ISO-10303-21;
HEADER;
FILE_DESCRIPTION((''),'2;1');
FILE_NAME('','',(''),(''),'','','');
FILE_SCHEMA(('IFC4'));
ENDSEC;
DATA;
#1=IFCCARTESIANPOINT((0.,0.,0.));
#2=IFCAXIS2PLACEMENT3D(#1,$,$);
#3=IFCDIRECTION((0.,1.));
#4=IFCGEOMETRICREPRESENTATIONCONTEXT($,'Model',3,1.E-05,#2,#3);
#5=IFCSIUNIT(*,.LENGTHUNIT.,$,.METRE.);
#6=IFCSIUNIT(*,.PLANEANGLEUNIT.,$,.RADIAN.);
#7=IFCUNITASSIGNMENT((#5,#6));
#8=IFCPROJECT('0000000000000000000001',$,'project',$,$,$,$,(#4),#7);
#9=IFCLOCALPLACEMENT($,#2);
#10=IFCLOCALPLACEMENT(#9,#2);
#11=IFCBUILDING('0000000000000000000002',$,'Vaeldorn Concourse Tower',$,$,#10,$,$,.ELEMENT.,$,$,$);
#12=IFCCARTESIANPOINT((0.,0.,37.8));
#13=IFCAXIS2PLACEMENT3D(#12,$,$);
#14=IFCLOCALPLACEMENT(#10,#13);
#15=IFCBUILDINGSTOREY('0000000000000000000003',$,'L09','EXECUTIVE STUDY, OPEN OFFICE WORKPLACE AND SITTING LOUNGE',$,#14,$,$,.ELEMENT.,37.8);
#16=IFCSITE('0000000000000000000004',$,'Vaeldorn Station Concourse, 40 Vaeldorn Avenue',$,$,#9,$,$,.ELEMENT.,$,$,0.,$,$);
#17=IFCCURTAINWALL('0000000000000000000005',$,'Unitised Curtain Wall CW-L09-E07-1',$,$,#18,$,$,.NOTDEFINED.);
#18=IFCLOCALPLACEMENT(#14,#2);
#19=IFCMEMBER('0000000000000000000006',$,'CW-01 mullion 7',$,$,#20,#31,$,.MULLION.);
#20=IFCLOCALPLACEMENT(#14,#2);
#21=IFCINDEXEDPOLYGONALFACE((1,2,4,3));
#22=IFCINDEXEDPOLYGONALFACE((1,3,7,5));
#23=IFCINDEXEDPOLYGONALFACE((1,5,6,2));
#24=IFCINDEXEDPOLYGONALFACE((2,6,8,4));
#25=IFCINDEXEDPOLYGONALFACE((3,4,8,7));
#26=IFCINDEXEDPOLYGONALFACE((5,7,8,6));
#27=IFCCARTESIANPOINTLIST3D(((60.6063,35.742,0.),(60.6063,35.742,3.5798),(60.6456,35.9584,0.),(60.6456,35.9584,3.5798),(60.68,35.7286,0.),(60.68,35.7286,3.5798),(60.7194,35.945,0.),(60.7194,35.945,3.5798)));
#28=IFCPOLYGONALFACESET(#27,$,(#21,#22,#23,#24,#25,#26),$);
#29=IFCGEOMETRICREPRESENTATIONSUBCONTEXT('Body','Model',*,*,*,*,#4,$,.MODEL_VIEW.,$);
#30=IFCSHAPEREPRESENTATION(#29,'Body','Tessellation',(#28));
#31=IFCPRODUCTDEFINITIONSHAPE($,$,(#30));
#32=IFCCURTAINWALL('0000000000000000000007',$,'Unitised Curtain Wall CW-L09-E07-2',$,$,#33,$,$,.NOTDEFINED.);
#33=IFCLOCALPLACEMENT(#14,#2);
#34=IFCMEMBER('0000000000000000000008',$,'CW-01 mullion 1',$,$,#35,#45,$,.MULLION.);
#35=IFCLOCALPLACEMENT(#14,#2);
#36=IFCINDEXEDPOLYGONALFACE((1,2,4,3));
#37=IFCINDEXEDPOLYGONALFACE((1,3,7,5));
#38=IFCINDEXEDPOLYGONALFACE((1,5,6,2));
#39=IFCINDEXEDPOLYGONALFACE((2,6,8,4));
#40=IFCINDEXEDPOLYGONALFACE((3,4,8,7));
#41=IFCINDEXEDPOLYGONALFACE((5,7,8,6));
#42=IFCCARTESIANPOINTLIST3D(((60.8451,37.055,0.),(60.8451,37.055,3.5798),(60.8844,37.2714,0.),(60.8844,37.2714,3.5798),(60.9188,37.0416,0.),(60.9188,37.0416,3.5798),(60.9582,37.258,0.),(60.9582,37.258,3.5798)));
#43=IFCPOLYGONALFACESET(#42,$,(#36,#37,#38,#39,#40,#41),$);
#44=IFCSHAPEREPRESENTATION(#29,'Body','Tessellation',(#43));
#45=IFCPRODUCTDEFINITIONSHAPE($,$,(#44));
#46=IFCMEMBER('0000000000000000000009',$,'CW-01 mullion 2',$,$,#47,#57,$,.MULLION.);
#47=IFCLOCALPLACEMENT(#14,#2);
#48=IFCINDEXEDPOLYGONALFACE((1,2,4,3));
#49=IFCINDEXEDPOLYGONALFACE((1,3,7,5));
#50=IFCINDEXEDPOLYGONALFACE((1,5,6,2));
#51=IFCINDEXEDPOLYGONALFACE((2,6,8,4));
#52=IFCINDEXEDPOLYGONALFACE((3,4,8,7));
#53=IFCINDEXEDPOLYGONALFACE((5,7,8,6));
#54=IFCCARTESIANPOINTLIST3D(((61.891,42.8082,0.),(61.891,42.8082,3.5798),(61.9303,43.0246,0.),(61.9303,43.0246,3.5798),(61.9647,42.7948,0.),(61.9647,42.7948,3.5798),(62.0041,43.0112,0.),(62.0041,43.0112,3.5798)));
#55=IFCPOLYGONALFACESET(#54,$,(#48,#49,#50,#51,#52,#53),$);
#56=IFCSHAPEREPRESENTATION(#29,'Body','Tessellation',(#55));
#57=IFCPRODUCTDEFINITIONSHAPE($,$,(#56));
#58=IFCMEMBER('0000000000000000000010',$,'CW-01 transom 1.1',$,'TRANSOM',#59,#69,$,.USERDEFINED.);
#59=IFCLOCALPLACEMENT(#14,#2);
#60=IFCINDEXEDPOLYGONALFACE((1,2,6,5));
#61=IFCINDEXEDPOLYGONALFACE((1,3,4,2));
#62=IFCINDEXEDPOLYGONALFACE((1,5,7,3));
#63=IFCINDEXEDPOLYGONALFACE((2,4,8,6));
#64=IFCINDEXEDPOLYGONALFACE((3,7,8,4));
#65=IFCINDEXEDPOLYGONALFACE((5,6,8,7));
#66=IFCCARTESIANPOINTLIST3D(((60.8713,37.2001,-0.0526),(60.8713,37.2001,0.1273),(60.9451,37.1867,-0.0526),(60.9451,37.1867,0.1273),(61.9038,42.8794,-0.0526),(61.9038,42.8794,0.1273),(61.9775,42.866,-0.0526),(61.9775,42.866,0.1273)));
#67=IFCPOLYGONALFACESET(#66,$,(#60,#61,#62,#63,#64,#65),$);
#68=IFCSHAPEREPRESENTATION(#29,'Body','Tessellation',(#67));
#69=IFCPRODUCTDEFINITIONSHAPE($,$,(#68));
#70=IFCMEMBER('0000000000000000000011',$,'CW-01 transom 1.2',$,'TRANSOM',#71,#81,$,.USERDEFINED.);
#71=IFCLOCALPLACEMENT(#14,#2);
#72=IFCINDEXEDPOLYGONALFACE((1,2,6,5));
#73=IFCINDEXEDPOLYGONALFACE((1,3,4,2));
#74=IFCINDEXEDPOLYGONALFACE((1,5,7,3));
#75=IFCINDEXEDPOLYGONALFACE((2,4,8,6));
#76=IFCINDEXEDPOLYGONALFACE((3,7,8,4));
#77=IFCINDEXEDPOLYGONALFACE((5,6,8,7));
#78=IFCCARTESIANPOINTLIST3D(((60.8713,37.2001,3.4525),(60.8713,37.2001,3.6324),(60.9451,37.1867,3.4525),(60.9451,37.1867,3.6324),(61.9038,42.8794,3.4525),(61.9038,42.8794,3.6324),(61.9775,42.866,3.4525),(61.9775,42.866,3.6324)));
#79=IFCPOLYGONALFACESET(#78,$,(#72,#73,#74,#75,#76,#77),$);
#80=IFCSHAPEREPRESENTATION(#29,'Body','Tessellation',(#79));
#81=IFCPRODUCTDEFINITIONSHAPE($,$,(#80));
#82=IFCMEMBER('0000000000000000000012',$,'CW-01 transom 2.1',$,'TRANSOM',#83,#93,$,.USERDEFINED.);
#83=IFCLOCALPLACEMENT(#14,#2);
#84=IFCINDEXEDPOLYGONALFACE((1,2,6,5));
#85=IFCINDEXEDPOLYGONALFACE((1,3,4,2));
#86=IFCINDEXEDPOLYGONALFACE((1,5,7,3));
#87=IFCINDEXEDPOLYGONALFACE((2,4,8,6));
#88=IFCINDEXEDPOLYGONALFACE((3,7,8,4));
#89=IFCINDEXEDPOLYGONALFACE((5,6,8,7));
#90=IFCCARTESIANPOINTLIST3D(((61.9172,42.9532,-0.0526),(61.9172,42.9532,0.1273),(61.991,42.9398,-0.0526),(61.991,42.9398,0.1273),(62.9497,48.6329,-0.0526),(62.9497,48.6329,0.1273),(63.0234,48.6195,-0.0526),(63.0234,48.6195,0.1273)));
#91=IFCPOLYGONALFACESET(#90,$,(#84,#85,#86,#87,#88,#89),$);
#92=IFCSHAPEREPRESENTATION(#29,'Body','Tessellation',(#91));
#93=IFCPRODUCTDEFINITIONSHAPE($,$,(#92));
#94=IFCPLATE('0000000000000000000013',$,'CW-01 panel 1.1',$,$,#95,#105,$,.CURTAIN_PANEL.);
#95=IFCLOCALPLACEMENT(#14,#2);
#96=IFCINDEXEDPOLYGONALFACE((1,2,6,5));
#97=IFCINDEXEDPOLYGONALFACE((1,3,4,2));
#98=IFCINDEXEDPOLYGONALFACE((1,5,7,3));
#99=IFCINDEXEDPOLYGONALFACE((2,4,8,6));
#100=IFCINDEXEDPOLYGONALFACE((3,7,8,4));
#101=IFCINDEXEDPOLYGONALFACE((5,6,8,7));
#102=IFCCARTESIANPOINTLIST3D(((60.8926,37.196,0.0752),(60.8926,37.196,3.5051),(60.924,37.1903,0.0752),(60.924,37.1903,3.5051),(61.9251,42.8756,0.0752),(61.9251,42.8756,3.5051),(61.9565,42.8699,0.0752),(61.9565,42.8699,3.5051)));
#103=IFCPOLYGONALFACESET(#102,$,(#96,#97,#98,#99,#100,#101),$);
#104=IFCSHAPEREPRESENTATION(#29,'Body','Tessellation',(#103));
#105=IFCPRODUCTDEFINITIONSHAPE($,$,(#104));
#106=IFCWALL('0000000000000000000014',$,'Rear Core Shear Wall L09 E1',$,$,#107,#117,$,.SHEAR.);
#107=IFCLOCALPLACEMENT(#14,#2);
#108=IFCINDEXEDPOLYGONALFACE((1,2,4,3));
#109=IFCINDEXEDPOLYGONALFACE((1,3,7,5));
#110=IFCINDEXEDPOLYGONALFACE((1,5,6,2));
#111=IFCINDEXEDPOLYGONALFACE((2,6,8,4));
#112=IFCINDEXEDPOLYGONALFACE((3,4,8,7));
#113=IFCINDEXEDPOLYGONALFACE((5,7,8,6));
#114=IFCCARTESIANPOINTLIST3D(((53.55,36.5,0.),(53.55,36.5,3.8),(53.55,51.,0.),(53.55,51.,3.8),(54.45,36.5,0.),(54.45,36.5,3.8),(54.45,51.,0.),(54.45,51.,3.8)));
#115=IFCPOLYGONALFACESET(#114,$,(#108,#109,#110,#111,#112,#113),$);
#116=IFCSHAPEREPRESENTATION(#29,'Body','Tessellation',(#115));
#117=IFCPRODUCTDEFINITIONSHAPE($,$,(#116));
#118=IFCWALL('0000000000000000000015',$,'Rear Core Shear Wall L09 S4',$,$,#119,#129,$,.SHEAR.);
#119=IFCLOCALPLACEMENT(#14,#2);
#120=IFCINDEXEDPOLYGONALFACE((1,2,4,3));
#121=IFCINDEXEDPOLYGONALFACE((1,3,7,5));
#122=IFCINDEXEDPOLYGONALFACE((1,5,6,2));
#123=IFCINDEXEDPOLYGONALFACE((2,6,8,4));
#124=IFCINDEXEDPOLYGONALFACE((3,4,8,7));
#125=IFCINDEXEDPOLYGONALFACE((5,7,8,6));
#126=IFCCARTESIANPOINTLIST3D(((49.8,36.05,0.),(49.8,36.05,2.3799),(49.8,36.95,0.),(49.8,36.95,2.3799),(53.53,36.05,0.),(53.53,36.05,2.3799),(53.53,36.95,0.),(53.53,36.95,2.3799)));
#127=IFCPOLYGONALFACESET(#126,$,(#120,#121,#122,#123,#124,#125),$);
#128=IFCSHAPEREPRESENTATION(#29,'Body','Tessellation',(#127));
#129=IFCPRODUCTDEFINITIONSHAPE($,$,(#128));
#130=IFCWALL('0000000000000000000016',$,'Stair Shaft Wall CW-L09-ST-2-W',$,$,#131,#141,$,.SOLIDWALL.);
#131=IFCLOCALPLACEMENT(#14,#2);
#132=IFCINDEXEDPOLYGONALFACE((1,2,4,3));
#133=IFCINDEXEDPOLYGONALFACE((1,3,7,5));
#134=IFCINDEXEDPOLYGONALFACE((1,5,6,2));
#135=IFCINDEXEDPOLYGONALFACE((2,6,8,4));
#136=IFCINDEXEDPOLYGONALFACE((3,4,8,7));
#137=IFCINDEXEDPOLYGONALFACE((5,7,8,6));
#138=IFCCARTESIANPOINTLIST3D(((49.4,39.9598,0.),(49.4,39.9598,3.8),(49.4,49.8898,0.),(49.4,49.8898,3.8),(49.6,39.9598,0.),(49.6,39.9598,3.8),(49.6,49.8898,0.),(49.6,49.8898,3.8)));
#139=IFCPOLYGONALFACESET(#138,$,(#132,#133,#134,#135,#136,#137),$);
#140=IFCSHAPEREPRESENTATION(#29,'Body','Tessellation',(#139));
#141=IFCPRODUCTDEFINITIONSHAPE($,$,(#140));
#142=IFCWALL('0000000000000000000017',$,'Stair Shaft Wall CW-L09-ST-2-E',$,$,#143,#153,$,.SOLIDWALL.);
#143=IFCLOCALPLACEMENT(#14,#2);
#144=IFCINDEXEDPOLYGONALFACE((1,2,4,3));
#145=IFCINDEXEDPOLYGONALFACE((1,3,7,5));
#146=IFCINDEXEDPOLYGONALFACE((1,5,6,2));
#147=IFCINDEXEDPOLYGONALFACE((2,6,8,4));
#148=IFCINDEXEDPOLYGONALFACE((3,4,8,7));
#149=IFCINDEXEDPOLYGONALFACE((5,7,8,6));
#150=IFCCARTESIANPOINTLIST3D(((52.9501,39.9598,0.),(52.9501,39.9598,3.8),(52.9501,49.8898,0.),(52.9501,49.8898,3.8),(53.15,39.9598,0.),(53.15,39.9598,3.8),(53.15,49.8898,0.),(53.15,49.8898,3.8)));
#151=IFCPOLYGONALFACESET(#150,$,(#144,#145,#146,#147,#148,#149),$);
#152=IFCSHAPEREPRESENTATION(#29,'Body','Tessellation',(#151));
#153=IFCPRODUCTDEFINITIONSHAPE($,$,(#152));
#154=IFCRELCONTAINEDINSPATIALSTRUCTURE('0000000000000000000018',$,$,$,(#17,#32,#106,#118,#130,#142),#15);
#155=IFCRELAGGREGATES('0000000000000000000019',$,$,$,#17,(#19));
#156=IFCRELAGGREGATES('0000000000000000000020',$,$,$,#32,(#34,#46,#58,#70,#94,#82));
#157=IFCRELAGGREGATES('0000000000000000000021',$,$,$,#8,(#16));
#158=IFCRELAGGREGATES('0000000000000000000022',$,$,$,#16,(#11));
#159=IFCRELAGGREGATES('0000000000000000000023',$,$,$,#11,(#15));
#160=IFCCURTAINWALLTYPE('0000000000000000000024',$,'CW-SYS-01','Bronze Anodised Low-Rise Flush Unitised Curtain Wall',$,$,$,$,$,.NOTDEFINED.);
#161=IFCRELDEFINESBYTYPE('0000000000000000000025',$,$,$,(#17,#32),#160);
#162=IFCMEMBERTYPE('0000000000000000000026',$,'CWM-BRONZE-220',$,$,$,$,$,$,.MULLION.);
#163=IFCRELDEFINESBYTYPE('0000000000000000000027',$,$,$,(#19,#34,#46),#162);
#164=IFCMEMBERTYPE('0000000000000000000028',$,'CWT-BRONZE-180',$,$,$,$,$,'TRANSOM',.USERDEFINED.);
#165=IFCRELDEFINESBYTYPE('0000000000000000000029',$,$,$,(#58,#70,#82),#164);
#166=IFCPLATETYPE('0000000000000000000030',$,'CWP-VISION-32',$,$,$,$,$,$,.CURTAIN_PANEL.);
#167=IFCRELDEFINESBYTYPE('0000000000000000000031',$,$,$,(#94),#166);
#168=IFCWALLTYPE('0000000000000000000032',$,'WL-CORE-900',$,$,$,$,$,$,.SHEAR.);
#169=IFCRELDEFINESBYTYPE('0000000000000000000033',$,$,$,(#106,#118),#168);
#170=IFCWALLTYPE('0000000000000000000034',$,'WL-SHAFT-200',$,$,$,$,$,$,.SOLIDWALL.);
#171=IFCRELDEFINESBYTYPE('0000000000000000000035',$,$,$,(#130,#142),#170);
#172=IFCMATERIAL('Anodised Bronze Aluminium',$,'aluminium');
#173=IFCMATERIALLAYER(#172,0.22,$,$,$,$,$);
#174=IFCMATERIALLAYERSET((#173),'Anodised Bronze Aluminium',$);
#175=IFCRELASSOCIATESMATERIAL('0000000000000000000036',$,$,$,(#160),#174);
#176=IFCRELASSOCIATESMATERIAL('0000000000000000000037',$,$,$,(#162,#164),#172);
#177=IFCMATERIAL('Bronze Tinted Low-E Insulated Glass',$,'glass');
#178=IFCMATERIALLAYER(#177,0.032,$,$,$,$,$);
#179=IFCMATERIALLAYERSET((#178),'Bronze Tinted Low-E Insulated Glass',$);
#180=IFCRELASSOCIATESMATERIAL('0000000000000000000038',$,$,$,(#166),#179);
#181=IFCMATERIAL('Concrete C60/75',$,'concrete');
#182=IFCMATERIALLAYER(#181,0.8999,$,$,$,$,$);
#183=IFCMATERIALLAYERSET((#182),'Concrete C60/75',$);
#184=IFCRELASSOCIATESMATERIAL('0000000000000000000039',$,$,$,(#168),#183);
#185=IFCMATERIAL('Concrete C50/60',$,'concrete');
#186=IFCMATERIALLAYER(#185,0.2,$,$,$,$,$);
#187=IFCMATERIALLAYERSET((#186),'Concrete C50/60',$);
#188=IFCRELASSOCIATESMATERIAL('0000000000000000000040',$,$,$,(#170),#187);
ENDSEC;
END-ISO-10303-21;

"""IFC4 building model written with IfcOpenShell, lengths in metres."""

from ifc_helpers import new_model, si_unit, direction, frame, frame_2d, origin, origin_2d, place, context, subcontext, project, spatial, rectangle, extrude, source, transform, mapped, material, layer, layer_set, material_profile, profile_set, type_object, element, aggregate, save


model = new_model("IFC4")

# Units and contexts
model_context = context("Model", 3, precision=1e-05, world=origin(), true_north=direction((0.0, 1.0)))
body_context = subcontext(model_context, "Body", "Model", "MODEL_VIEW")
ifc_project = project(units=[si_unit("LENGTHUNIT", "METRE"), si_unit("PLANEANGLEUNIT", "RADIAN")], contexts=[model_context])

# Site, building, storey
site_placement = place(None, origin())
site = spatial("IfcSite", under=ifc_project, at=site_placement, Name="Vaeldorn Station Concourse, 40 Vaeldorn Avenue", CompositionType="ELEMENT", RefElevation=0.0)
building_placement = place(site_placement, origin())
building = spatial("IfcBuilding", under=site, at=building_placement, Name="Vaeldorn Concourse Tower", CompositionType="ELEMENT")
storey_placement = place(building_placement, frame((0.0, 0.0, 37.8)))
storey = spatial("IfcBuildingStorey", under=building, at=storey_placement, Name="L09", Description="EXECUTIVE STUDY, OPEN OFFICE WORKPLACE AND SITTING LOUNGE", CompositionType="ELEMENT", Elevation=37.8)

# Shared definitions
ifc_material_1 = material(Name="Concrete C60/75", Category="concrete")

# Curtain wall, member
ifc_material_2 = material(Name="Anodised Bronze Aluminium", Category="aluminium")
ifc_layer_1 = layer(ifc_material_2, 0.22)
ifc_layer_set_1 = layer_set([ifc_layer_1], Name="Anodised Bronze Aluminium")
curtain_wall_type = type_object("IfcCurtainWallType", Name="CW-SYS-01", Description="Bronze Anodised Low-Rise Flush Unitised Curtain Wall", PredefinedType="NOTDEFINED", material=ifc_layer_set_1)
curtain_wall_1_placement = place(storey_placement, origin())
curtain_wall_1 = element("IfcCurtainWall", 1, at=curtain_wall_1_placement, inside=storey, type_object=curtain_wall_type, Name="Unitised Curtain Wall CW-L09-E07-1", PredefinedType="NOTDEFINED")
ifc_material_profile_1 = material_profile(ifc_material_2, rectangle(XDim=0.075, YDim=0.22, at=origin_2d()), Name="CWM 75x220")
ifc_profile_set_1 = profile_set([ifc_material_profile_1], Name="Anodised Bronze Aluminium")
member_type_1 = type_object("IfcMemberType", Name="CWM-BRONZE-220", PredefinedType="MULLION", material=ifc_profile_set_1)
shared_shape_1 = source(origin(), body_context, "Body", "SweptSolid", [
    extrude(rectangle(XDim=0.075, YDim=0.22, at=origin_2d()), origin(), (0.0, 0.0, 1.0), 3.5798),
])
member_1_placement = place(storey_placement, frame((60.6628, 35.8435, 0.0), z_axis=(0.0, 0.0, 1.0), x_axis=(-0.983875, 0.178859, 0.0)))
member_1 = element("IfcMember", 2, at=member_1_placement, type_object=member_type_1, Name="CW-01 mullion 7", PredefinedType="MULLION", context=body_context, shape_type="MappedRepresentation", body=[
    mapped(shared_shape_1, transform((0.0, 0.0, 0.0), scale=1.0)),
])
aggregate(curtain_wall_1, [member_1])

# Curtain wall, members, plate
curtain_wall_2_placement = place(storey_placement, origin())
curtain_wall_2 = element("IfcCurtainWall", 3, at=curtain_wall_2_placement, inside=storey, type_object=curtain_wall_type, Name="Unitised Curtain Wall CW-L09-E07-2", PredefinedType="NOTDEFINED")
member_2_placement = place(storey_placement, frame((60.9016, 37.1565, 0.0), z_axis=(0.0, 0.0, 1.0), x_axis=(-0.983875, 0.178857, 0.0)))
member_2 = element("IfcMember", 4, at=member_2_placement, type_object=member_type_1, Name="CW-01 mullion 1", PredefinedType="MULLION", context=body_context, shape_type="MappedRepresentation", body=[
    mapped(shared_shape_1, transform((0.0, 0.0, 0.0), scale=1.0)),
])
member_3_placement = place(storey_placement, frame((61.9475, 42.9097, 0.0), z_axis=(0.0, 0.0, 1.0), x_axis=(-0.983875, 0.178857, 0.0)))
member_3 = element("IfcMember", 5, at=member_3_placement, type_object=member_type_1, Name="CW-01 mullion 2", PredefinedType="MULLION", context=body_context, shape_type="MappedRepresentation", body=[
    mapped(shared_shape_1, transform((0.0, 0.0, 0.0), scale=1.0)),
])
ifc_material_profile_2 = material_profile(ifc_material_2, rectangle(XDim=0.075, YDim=0.1799, at=origin_2d()), Name="CWT 75x180")
ifc_profile_set_2 = profile_set([ifc_material_profile_2], Name="Anodised Bronze Aluminium")
member_type_2 = type_object("IfcMemberType", Name="CWT-BRONZE-180", ElementType="TRANSOM", PredefinedType="USERDEFINED", material=ifc_profile_set_2)
shared_shape_2 = source(origin(), body_context, "Body", "SweptSolid", [
    extrude(rectangle(XDim=0.075, YDim=0.1799, at=origin_2d()), origin(), (0.0, 0.0, 1.0), 5.7725),
])
member_4_placement = place(storey_placement, frame((60.9082, 37.1934, 0.0374), z_axis=(0.178859, 0.983875, 0.0), x_axis=(-0.983875, 0.178859, 0.0)))
member_4 = element("IfcMember", 6, at=member_4_placement, type_object=member_type_2, Name="CW-01 transom 1.1", ObjectType="TRANSOM", PredefinedType="USERDEFINED", context=body_context, shape_type="MappedRepresentation", body=[
    mapped(shared_shape_2, transform((0.0, 0.0, 0.0), scale=1.0)),
])
member_5_placement = place(storey_placement, frame((60.9082, 37.1934, 3.5425), z_axis=(0.178859, 0.983875, 0.0), x_axis=(-0.983875, 0.178859, 0.0)))
member_5 = element("IfcMember", 7, at=member_5_placement, type_object=member_type_2, Name="CW-01 transom 1.2", ObjectType="TRANSOM", PredefinedType="USERDEFINED", context=body_context, shape_type="MappedRepresentation", body=[
    mapped(shared_shape_2, transform((0.0, 0.0, 0.0), scale=1.0)),
])
shared_shape_3 = source(origin(), body_context, "Body", "SweptSolid", [
    extrude(rectangle(XDim=0.075, YDim=0.1799, at=origin_2d()), origin(), (0.0, 0.0, 1.0), 5.7727),
])
member_6_placement = place(storey_placement, frame((61.9541, 42.9465, 0.0374), z_axis=(0.178852, 0.983876, 0.0), x_axis=(-0.983876, 0.178852, 0.0)))
member_6 = element("IfcMember", 8, at=member_6_placement, type_object=member_type_2, Name="CW-01 transom 2.1", ObjectType="TRANSOM", PredefinedType="USERDEFINED", context=body_context, shape_type="MappedRepresentation", body=[
    mapped(shared_shape_3, transform((0.0, 0.0, 0.0), scale=1.0)),
])
ifc_material_3 = material(Name="Bronze Tinted Low-E Insulated Glass", Category="glass")
ifc_layer_2 = layer(ifc_material_3, 0.032)
ifc_layer_set_2 = layer_set([ifc_layer_2], Name="Bronze Tinted Low-E Insulated Glass")
plate_type = type_object("IfcPlateType", Name="CWP-VISION-32", PredefinedType="CURTAIN_PANEL", material=ifc_layer_set_2)
shared_shape_4 = source(origin(), body_context, "Body", "SweptSolid", [
    extrude(rectangle(XDim=5.7727, YDim=0.032, at=origin_2d()), origin(), (0.0, 0.0, 1.0), 3.4299),
])
plate_placement = place(storey_placement, frame((61.4246, 40.033, 0.0752), z_axis=(0.0, 0.0, 1.0), x_axis=(0.178857, 0.983875, 0.0)))
plate = element("IfcPlate", 9, at=plate_placement, type_object=plate_type, Name="CW-01 panel 1.1", PredefinedType="CURTAIN_PANEL", context=body_context, shape_type="MappedRepresentation", body=[
    mapped(shared_shape_4, transform((0.0, 0.0, 0.0), scale=1.0)),
])
aggregate(curtain_wall_2, [member_2, member_3, member_4, member_5, plate, member_6])

# Walls
ifc_layer_3 = layer(ifc_material_1, 0.8999)
ifc_layer_set_3 = layer_set([ifc_layer_3], Name="Concrete C60/75")
wall_type_1 = type_object("IfcWallType", Name="WL-CORE-900", PredefinedType="SHEAR", material=ifc_layer_set_3)
wall_1_placement = place(storey_placement, frame((54.0, 36.5, 0.0), z_axis=(0.0, 0.0, 1.0), x_axis=(0.0, 1.0, 0.0)))
element("IfcWall", 10, at=wall_1_placement, inside=storey, type_object=wall_type_1, Name="Rear Core Shear Wall L09 E1", PredefinedType="SHEAR", context=body_context, shape_type="SweptSolid", body=[
    extrude(rectangle(XDim=14.5, YDim=0.8999, at=frame_2d((7.25, 0.0))), origin(), (0.0, 0.0, 1.0), 3.8),
])
wall_2_placement = place(storey_placement, frame((49.8, 36.5, 0.0), z_axis=(0.0, 0.0, 1.0), x_axis=(1.0, 0.0, 0.0)))
element("IfcWall", 11, at=wall_2_placement, inside=storey, type_object=wall_type_1, Name="Rear Core Shear Wall L09 S4", PredefinedType="SHEAR", context=body_context, shape_type="SweptSolid", body=[
    extrude(rectangle(XDim=3.73, YDim=0.8999, at=frame_2d((1.865, 0.0))), origin(), (0.0, 0.0, 1.0), 2.3799),
])

# Shared definitions
ifc_material_4 = material(Name="Concrete C50/60", Category="concrete")
ifc_layer_4 = layer(ifc_material_4, 0.2)
ifc_layer_set_4 = layer_set([ifc_layer_4], Name="Concrete C50/60")
wall_type_2 = type_object("IfcWallType", Name="WL-SHAFT-200", PredefinedType="SOLIDWALL", material=ifc_layer_set_4)

# Walls
for number, where, z_axis, x_axis, name in (
    (12, (49.5, 39.96, 0.0), (0.0, 0.0, 1.0), (0.0, 1.0, 0.0), "Stair Shaft Wall CW-L09-ST-2-W"),
    (13, (53.05, 39.96, 0.0), (0.0, 0.0, 1.0), (0.0, 1.0, 0.0), "Stair Shaft Wall CW-L09-ST-2-E"),
):
    element("IfcWall", number, at=place(storey_placement, frame(where, z_axis=z_axis, x_axis=x_axis)), inside=storey, type_object=wall_type_2, Name=name, PredefinedType="SOLIDWALL", context=body_context, shape_type="SweptSolid", body=[
        extrude(rectangle(XDim=9.9299, YDim=0.2, at=frame_2d((4.9648, 0.0))), origin(), (0.0, 0.0, 1.0), 3.8),
    ])

save(model, "model.ifc")
